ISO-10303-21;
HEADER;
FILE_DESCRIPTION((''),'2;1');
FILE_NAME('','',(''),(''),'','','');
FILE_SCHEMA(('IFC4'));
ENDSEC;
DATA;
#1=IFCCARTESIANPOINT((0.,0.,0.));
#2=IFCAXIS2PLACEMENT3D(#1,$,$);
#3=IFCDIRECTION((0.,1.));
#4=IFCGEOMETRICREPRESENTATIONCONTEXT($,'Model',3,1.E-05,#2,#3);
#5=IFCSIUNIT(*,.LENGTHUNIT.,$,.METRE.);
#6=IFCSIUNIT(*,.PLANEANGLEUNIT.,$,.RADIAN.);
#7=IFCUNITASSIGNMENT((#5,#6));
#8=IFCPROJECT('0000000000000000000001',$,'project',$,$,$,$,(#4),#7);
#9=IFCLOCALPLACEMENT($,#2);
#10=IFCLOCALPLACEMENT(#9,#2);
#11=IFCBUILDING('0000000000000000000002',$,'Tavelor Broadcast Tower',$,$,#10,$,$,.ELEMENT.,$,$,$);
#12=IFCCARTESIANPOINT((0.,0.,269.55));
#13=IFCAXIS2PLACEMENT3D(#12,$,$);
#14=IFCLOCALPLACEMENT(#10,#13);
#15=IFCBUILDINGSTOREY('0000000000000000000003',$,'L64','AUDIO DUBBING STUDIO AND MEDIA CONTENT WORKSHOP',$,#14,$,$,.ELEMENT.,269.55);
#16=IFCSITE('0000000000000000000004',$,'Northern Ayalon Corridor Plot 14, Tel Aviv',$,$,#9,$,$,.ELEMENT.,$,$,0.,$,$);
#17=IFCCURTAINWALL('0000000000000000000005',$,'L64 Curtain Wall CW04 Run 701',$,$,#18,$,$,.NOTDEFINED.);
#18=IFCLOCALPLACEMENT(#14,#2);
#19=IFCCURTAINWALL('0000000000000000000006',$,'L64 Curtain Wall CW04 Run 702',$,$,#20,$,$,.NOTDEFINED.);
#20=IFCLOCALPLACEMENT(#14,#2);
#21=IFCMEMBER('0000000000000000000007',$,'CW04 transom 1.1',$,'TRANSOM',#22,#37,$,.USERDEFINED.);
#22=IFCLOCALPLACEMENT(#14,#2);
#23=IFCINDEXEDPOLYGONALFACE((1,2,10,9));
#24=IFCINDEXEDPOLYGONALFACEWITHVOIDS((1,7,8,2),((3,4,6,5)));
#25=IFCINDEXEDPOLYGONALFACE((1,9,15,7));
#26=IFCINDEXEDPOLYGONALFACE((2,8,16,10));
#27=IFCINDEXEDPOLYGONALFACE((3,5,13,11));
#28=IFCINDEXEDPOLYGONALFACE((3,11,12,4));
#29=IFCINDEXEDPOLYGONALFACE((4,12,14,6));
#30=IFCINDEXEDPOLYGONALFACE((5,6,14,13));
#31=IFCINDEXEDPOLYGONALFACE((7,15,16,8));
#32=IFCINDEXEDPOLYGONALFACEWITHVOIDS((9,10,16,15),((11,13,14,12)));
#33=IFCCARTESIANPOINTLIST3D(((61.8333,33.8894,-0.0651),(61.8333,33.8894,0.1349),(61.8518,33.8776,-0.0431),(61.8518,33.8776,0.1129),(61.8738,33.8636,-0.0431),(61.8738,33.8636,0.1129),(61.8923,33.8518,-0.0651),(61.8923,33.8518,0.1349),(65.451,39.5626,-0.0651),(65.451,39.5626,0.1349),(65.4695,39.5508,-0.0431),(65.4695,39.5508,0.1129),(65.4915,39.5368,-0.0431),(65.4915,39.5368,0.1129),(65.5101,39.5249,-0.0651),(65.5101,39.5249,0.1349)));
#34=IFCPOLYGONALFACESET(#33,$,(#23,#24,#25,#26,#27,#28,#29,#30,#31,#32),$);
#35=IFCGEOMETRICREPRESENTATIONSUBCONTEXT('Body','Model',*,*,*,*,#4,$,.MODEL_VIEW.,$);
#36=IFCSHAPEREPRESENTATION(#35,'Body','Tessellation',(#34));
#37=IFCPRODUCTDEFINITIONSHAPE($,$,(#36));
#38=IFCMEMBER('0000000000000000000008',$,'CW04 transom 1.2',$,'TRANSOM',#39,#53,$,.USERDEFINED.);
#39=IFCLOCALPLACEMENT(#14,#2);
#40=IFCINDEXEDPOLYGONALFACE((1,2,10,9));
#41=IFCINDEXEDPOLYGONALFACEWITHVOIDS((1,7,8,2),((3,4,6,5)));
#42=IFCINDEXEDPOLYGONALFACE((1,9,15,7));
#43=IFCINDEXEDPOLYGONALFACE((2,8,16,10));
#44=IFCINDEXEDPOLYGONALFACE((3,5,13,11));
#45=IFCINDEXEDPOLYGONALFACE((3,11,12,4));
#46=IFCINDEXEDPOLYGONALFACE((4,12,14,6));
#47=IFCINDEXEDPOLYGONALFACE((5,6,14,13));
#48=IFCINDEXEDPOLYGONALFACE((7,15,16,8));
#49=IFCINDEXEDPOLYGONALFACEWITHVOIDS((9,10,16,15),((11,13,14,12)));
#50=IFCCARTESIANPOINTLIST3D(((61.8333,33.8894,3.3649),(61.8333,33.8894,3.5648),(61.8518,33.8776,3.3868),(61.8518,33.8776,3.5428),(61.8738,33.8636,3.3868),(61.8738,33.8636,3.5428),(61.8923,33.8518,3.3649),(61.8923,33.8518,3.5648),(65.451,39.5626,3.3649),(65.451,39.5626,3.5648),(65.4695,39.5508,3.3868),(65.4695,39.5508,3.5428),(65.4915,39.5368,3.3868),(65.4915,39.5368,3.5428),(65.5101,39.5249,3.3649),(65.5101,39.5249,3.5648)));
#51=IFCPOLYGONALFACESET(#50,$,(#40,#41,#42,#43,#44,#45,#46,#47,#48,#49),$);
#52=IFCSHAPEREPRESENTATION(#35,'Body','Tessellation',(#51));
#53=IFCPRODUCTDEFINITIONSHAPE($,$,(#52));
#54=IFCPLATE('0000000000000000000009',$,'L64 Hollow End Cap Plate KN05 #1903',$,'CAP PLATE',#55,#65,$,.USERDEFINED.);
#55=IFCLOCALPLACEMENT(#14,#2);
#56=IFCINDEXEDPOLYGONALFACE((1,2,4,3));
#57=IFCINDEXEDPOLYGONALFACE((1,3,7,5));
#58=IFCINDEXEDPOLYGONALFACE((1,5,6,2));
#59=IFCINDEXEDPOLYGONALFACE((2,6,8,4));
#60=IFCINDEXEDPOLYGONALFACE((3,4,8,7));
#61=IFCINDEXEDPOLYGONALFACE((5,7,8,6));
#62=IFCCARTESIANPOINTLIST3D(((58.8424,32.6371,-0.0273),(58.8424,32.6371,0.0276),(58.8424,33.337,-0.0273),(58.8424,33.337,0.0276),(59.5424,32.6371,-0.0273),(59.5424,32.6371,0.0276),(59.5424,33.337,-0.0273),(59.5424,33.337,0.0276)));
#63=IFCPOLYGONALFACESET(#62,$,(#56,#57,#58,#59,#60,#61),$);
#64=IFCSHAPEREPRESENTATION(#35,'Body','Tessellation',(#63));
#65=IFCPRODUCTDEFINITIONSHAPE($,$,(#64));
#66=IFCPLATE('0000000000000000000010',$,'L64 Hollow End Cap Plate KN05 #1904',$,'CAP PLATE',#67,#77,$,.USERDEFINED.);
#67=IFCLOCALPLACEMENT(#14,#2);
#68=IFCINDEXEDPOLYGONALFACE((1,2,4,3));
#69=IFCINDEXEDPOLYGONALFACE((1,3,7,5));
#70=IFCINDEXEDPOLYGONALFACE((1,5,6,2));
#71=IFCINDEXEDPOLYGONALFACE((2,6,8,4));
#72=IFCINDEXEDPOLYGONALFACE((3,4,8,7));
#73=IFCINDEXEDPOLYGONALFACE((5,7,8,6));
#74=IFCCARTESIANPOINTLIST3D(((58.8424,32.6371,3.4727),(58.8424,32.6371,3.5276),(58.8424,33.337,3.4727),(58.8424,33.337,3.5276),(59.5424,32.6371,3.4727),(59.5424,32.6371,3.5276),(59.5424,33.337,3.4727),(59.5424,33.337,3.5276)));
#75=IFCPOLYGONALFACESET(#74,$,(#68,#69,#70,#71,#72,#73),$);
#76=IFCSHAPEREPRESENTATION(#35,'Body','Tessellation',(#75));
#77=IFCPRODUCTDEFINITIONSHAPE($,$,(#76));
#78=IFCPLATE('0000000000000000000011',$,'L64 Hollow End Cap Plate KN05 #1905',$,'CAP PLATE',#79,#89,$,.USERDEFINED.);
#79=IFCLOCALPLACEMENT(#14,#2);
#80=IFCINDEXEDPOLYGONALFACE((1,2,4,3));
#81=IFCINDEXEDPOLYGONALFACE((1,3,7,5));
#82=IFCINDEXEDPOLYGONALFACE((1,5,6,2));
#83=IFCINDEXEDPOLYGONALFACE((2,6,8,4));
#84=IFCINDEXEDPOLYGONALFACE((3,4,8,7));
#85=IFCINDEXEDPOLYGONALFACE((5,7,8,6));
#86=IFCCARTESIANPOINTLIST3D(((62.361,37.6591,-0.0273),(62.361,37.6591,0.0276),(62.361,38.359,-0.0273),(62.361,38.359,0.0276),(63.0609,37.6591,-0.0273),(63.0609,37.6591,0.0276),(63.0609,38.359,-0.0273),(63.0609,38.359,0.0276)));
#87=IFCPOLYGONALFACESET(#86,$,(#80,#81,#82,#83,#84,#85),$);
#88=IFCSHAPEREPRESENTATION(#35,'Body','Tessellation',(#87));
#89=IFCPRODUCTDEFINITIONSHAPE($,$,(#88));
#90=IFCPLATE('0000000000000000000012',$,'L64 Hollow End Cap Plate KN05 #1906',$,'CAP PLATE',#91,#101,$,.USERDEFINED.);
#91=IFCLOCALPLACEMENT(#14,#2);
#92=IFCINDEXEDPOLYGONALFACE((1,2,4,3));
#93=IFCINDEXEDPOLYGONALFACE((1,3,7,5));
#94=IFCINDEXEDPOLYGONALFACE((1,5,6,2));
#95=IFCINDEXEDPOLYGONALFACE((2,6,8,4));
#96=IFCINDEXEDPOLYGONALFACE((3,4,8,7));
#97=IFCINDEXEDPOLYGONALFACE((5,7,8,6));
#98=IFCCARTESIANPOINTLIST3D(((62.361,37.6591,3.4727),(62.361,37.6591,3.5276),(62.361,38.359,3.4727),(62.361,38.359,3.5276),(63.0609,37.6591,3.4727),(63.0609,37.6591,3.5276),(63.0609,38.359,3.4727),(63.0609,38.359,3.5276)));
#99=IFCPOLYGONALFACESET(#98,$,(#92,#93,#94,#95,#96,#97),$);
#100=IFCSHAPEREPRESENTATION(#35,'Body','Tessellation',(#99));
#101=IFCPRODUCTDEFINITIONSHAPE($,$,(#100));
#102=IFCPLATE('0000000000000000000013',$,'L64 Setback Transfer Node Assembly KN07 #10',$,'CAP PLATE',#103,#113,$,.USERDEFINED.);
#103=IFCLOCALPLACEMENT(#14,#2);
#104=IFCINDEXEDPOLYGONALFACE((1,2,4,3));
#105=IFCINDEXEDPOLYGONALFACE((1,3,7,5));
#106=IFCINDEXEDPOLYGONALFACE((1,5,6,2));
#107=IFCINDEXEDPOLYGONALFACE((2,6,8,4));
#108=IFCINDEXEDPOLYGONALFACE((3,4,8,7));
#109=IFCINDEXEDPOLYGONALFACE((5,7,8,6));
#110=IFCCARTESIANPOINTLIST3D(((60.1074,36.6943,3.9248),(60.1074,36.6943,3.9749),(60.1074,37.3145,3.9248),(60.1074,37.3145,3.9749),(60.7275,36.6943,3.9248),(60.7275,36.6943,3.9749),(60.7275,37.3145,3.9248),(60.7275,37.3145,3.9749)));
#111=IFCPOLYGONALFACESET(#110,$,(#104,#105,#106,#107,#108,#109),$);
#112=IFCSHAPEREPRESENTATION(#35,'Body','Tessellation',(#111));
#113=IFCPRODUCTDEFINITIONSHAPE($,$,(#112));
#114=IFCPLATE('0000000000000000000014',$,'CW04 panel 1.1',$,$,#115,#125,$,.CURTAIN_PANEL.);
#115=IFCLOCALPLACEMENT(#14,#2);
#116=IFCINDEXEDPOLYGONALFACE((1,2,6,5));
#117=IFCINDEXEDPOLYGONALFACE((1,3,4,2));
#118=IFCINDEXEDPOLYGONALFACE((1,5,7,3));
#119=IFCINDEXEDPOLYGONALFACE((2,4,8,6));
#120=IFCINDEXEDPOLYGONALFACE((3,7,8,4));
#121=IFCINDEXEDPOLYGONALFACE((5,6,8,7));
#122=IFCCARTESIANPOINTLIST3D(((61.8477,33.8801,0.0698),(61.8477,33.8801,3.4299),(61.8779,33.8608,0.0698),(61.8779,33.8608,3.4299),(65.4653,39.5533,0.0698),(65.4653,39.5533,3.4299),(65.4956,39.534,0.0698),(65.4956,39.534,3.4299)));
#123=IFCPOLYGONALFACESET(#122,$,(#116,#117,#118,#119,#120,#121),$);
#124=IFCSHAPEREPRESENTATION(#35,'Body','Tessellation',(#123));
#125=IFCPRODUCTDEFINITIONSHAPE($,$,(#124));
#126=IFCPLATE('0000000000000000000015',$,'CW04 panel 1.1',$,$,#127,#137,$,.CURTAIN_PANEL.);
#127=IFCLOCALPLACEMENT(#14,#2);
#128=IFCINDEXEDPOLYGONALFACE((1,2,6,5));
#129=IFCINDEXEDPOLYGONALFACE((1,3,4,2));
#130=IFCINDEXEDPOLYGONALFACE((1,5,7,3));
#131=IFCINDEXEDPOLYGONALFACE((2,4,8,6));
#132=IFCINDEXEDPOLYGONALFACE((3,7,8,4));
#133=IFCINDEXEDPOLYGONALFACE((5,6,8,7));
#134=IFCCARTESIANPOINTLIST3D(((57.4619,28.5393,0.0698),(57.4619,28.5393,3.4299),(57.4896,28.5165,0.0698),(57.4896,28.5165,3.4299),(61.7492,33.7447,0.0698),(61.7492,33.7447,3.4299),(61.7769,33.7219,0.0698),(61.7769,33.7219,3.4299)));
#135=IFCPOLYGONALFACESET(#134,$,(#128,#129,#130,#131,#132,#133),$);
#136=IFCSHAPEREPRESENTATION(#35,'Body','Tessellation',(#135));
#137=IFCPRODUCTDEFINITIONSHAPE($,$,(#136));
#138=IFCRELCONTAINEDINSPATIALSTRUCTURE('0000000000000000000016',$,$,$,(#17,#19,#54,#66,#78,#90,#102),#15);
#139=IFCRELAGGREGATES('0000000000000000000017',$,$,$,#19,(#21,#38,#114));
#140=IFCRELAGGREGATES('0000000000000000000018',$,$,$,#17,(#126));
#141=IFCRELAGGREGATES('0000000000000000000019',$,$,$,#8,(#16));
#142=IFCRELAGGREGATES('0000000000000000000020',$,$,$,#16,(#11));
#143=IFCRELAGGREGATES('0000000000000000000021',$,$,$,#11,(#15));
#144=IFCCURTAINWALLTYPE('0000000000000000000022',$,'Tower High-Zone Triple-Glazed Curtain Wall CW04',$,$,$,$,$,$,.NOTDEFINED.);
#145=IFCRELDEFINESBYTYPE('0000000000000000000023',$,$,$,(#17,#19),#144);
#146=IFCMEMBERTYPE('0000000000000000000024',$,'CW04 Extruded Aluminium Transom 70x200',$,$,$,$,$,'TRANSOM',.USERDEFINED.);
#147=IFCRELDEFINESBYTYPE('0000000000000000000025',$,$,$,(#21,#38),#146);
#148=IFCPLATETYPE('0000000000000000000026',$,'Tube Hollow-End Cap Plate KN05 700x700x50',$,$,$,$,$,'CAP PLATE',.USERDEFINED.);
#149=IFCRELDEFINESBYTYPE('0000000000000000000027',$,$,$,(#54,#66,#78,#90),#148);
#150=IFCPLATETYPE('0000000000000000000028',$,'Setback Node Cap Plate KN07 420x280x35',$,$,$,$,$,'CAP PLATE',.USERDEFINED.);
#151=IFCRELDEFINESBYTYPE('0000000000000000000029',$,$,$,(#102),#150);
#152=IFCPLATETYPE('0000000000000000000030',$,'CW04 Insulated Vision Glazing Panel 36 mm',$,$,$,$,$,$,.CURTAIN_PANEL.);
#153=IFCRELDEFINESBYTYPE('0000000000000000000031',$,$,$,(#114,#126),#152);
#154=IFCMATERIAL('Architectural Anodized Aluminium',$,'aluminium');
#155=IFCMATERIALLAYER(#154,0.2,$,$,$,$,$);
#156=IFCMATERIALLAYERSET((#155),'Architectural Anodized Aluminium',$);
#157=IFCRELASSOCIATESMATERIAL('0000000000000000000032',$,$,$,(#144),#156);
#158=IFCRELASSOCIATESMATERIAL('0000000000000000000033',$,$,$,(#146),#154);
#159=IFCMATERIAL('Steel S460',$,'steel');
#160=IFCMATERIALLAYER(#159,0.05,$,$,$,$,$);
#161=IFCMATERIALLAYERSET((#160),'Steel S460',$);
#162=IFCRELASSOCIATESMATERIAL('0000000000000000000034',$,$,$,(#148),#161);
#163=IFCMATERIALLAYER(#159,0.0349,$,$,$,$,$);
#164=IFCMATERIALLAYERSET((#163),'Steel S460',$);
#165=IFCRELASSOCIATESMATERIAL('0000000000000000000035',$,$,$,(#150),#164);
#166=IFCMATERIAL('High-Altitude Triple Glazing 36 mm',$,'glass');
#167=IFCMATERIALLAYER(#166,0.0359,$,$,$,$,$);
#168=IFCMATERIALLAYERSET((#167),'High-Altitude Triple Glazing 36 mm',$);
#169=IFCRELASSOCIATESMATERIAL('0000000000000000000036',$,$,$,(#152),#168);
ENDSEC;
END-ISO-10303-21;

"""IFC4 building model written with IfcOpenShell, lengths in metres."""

from ifc_helpers import new_model, si_unit, direction, frame, origin, origin_2d, place, context, subcontext, project, spatial, rectangle, hollow_rectangle, extrude, source, transform, mapped, material, layer, layer_set, material_profile, profile_set, type_object, type_shapes, element, aggregate, save


model = new_model("IFC4")

# Units and contexts
model_context = context("Model", 3, precision=1e-05, world=origin(), true_north=direction((0.0, 1.0)))
body_context = subcontext(model_context, "Body", "Model", "MODEL_VIEW")
ifc_project = project(units=[si_unit("LENGTHUNIT", "METRE"), si_unit("PLANEANGLEUNIT", "RADIAN")], contexts=[model_context])

# Site, building, storey
site_placement = place(None, origin())
site = spatial("IfcSite", under=ifc_project, at=site_placement, Name="Northern Ayalon Corridor Plot 14, Tel Aviv", CompositionType="ELEMENT", RefElevation=0.0)
building_placement = place(site_placement, origin())
building = spatial("IfcBuilding", under=site, at=building_placement, Name="Tavelor Broadcast Tower", CompositionType="ELEMENT")
storey_placement = place(building_placement, frame((0.0, 0.0, 269.55)))
storey = spatial("IfcBuildingStorey", under=building, at=storey_placement, Name="L64", Description="AUDIO DUBBING STUDIO AND MEDIA CONTENT WORKSHOP", CompositionType="ELEMENT", Elevation=269.55)

# Shared definitions
ifc_material_1 = material(Name="Steel S460", Category="steel")

# Curtain walls
ifc_material_2 = material(Name="Architectural Anodized Aluminium", Category="aluminium")
ifc_layer_1 = layer(ifc_material_2, 0.2)
ifc_layer_set_1 = layer_set([ifc_layer_1], Name="Architectural Anodized Aluminium")
curtain_wall_type = type_object("IfcCurtainWallType", Name="Tower High-Zone Triple-Glazed Curtain Wall CW04", PredefinedType="NOTDEFINED", material=ifc_layer_set_1)
curtain_wall_1_placement = place(storey_placement, origin())
curtain_wall_1 = element("IfcCurtainWall", 1, at=curtain_wall_1_placement, inside=storey, type_object=curtain_wall_type, Name="L64 Curtain Wall CW04 Run 701", PredefinedType="NOTDEFINED")
curtain_wall_2_placement = place(storey_placement, origin())
curtain_wall_2 = element("IfcCurtainWall", 2, at=curtain_wall_2_placement, inside=storey, type_object=curtain_wall_type, Name="L64 Curtain Wall CW04 Run 702", PredefinedType="NOTDEFINED")

# Members
ifc_material_profile_1 = material_profile(ifc_material_2, hollow_rectangle(XDim=0.0701, YDim=0.2, WallThickness=0.022, at=origin_2d()), Name="RHS 70x200x22")
ifc_profile_set_1 = profile_set([ifc_material_profile_1], Name="Architectural Anodized Aluminium")
member_type_1 = type_object("IfcMemberType", Name="CW04 Extruded Aluminium Transom 70x200", ElementType="TRANSOM", PredefinedType="USERDEFINED", material=ifc_profile_set_1)
shared_shape_1 = source(origin(), body_context, "Body", "SweptSolid", [
    extrude(hollow_rectangle(XDim=0.0701, YDim=0.2, WallThickness=0.022, at=origin_2d()), origin(), (0.0, 0.0, 1.0), 6.7285),
])
member_1_placement = place(storey_placement, frame((61.8628, 33.8706, 0.0349), z_axis=(0.537671, 0.843155, 0.0), x_axis=(-0.843155, 0.537671, 0.0)))
member_1 = element("IfcMember", 3, at=member_1_placement, type_object=member_type_1, Name="CW04 transom 1.1", ObjectType="TRANSOM", PredefinedType="USERDEFINED", context=body_context, shape_type="MappedRepresentation", body=[
    mapped(shared_shape_1, transform((0.0, 0.0, 0.0), scale=1.0)),
])
member_2_placement = place(storey_placement, frame((61.8628, 33.8706, 3.4648), z_axis=(0.537671, 0.843155, 0.0), x_axis=(-0.843155, 0.537671, 0.0)))
member_2 = element("IfcMember", 4, at=member_2_placement, type_object=member_type_1, Name="CW04 transom 1.2", ObjectType="TRANSOM", PredefinedType="USERDEFINED", context=body_context, shape_type="MappedRepresentation", body=[
    mapped(shared_shape_1, transform((0.0, 0.0, 0.0), scale=1.0)),
])

# Plates
ifc_layer_2 = layer(ifc_material_1, 0.05)
ifc_layer_set_2 = layer_set([ifc_layer_2], Name="Steel S460")
plate_type_1 = type_object("IfcPlateType", Name="Tube Hollow-End Cap Plate KN05 700x700x50", ElementType="CAP PLATE", PredefinedType="USERDEFINED", material=ifc_layer_set_2)
shared_shape_2 = source(origin(), body_context, "Body", "SweptSolid", [
    extrude(rectangle(XDim=0.7, YDim=0.7, at=origin_2d()), origin(), (0.0, 0.0, 1.0), 0.0549),
])
type_shapes(plate_type_1, [shared_shape_2])
for number, where, z_axis, x_axis, name in (
    (5, (59.1924, 32.9871, -0.0273), (0.0, 0.0, 1.0), (1.0, 0.0, 0.0), "L64 Hollow End Cap Plate KN05 #1903"),
    (6, (59.1924, 32.9871, 3.4727), (0.0, 0.0, 1.0), (1.0, 0.0, 0.0), "L64 Hollow End Cap Plate KN05 #1904"),
    (7, (62.7109, 38.009, -0.0273), (0.0, 0.0, 1.0), (1.0, 0.0, 0.0), "L64 Hollow End Cap Plate KN05 #1905"),
    (8, (62.7109, 38.009, 3.4727), (0.0, 0.0, 1.0), (1.0, 0.0, 0.0), "L64 Hollow End Cap Plate KN05 #1906"),
):
    element("IfcPlate", number, at=place(storey_placement, frame(where, z_axis=z_axis, x_axis=x_axis)), inside=storey, type_object=plate_type_1, Name=name, ObjectType="CAP PLATE", PredefinedType="USERDEFINED", context=body_context, shape_type="MappedRepresentation", body=[
        mapped(shared_shape_2, transform((0.0, 0.0, 0.0), scale=1.0)),
    ])
ifc_layer_3 = layer(ifc_material_1, 0.0349)
ifc_layer_set_3 = layer_set([ifc_layer_3], Name="Steel S460")
plate_type_2 = type_object("IfcPlateType", Name="Setback Node Cap Plate KN07 420x280x35", ElementType="CAP PLATE", PredefinedType="USERDEFINED", material=ifc_layer_set_3)
shared_shape_3 = source(origin(), body_context, "Body", "SweptSolid", [
    extrude(rectangle(XDim=0.6201, YDim=0.6201, at=origin_2d()), origin(), (0.0, 0.0, 1.0), 0.05),
])
type_shapes(plate_type_2, [shared_shape_3])
plate_1_placement = place(storey_placement, frame((60.4175, 37.0044, 3.9248), z_axis=(0.0, 0.0, 1.0), x_axis=(1.0, 0.0, 0.0)))
element("IfcPlate", 9, at=plate_1_placement, inside=storey, type_object=plate_type_2, Name="L64 Setback Transfer Node Assembly KN07 #10", ObjectType="CAP PLATE", PredefinedType="USERDEFINED", context=body_context, shape_type="MappedRepresentation", body=[
    mapped(shared_shape_3, transform((0.0, 0.0, 0.0), scale=1.0)),
])

# Plates
ifc_material_3 = material(Name="High-Altitude Triple Glazing 36 mm", Category="glass")
ifc_layer_4 = layer(ifc_material_3, 0.0359)
ifc_layer_set_4 = layer_set([ifc_layer_4], Name="High-Altitude Triple Glazing 36 mm")
plate_type_3 = type_object("IfcPlateType", Name="CW04 Insulated Vision Glazing Panel 36 mm", PredefinedType="CURTAIN_PANEL", material=ifc_layer_set_4)
shared_shape_4 = source(origin(), body_context, "Body", "SweptSolid", [
    extrude(rectangle(XDim=6.7285, YDim=0.0359, at=origin_2d()), origin(), (0.0, 0.0, 1.0), 3.3601),
])
plate_2_placement = place(storey_placement, frame((63.6716, 36.707, 0.0698), z_axis=(0.0, 0.0, 1.0), x_axis=(0.537662, 0.843161, 0.0)))
plate_2 = element("IfcPlate", 10, at=plate_2_placement, type_object=plate_type_3, Name="CW04 panel 1.1", PredefinedType="CURTAIN_PANEL", context=body_context, shape_type="MappedRepresentation", body=[
    mapped(shared_shape_4, transform((0.0, 0.0, 0.0), scale=1.0)),
])
aggregate(curtain_wall_2, [member_1, member_2, plate_2])
shared_shape_5 = source(origin(), body_context, "Body", "SweptSolid", [
    extrude(rectangle(XDim=6.7437, YDim=0.0359, at=origin_2d()), origin(), (0.0, 0.0, 1.0), 3.3601),
])
type_shapes(plate_type_3, [shared_shape_4, shared_shape_5])
plate_3_placement = place(storey_placement, frame((59.6194, 31.1306, 0.0698), z_axis=(0.0, 0.0, 1.0), x_axis=(0.635747, 0.771898, 0.0)))
plate_3 = element("IfcPlate", 11, at=plate_3_placement, type_object=plate_type_3, Name="CW04 panel 1.1", PredefinedType="CURTAIN_PANEL", context=body_context, shape_type="MappedRepresentation", body=[
    mapped(shared_shape_5, transform((0.0, 0.0, 0.0), scale=1.0)),
])
aggregate(curtain_wall_1, [plate_3])

save(model, "model.ifc")
